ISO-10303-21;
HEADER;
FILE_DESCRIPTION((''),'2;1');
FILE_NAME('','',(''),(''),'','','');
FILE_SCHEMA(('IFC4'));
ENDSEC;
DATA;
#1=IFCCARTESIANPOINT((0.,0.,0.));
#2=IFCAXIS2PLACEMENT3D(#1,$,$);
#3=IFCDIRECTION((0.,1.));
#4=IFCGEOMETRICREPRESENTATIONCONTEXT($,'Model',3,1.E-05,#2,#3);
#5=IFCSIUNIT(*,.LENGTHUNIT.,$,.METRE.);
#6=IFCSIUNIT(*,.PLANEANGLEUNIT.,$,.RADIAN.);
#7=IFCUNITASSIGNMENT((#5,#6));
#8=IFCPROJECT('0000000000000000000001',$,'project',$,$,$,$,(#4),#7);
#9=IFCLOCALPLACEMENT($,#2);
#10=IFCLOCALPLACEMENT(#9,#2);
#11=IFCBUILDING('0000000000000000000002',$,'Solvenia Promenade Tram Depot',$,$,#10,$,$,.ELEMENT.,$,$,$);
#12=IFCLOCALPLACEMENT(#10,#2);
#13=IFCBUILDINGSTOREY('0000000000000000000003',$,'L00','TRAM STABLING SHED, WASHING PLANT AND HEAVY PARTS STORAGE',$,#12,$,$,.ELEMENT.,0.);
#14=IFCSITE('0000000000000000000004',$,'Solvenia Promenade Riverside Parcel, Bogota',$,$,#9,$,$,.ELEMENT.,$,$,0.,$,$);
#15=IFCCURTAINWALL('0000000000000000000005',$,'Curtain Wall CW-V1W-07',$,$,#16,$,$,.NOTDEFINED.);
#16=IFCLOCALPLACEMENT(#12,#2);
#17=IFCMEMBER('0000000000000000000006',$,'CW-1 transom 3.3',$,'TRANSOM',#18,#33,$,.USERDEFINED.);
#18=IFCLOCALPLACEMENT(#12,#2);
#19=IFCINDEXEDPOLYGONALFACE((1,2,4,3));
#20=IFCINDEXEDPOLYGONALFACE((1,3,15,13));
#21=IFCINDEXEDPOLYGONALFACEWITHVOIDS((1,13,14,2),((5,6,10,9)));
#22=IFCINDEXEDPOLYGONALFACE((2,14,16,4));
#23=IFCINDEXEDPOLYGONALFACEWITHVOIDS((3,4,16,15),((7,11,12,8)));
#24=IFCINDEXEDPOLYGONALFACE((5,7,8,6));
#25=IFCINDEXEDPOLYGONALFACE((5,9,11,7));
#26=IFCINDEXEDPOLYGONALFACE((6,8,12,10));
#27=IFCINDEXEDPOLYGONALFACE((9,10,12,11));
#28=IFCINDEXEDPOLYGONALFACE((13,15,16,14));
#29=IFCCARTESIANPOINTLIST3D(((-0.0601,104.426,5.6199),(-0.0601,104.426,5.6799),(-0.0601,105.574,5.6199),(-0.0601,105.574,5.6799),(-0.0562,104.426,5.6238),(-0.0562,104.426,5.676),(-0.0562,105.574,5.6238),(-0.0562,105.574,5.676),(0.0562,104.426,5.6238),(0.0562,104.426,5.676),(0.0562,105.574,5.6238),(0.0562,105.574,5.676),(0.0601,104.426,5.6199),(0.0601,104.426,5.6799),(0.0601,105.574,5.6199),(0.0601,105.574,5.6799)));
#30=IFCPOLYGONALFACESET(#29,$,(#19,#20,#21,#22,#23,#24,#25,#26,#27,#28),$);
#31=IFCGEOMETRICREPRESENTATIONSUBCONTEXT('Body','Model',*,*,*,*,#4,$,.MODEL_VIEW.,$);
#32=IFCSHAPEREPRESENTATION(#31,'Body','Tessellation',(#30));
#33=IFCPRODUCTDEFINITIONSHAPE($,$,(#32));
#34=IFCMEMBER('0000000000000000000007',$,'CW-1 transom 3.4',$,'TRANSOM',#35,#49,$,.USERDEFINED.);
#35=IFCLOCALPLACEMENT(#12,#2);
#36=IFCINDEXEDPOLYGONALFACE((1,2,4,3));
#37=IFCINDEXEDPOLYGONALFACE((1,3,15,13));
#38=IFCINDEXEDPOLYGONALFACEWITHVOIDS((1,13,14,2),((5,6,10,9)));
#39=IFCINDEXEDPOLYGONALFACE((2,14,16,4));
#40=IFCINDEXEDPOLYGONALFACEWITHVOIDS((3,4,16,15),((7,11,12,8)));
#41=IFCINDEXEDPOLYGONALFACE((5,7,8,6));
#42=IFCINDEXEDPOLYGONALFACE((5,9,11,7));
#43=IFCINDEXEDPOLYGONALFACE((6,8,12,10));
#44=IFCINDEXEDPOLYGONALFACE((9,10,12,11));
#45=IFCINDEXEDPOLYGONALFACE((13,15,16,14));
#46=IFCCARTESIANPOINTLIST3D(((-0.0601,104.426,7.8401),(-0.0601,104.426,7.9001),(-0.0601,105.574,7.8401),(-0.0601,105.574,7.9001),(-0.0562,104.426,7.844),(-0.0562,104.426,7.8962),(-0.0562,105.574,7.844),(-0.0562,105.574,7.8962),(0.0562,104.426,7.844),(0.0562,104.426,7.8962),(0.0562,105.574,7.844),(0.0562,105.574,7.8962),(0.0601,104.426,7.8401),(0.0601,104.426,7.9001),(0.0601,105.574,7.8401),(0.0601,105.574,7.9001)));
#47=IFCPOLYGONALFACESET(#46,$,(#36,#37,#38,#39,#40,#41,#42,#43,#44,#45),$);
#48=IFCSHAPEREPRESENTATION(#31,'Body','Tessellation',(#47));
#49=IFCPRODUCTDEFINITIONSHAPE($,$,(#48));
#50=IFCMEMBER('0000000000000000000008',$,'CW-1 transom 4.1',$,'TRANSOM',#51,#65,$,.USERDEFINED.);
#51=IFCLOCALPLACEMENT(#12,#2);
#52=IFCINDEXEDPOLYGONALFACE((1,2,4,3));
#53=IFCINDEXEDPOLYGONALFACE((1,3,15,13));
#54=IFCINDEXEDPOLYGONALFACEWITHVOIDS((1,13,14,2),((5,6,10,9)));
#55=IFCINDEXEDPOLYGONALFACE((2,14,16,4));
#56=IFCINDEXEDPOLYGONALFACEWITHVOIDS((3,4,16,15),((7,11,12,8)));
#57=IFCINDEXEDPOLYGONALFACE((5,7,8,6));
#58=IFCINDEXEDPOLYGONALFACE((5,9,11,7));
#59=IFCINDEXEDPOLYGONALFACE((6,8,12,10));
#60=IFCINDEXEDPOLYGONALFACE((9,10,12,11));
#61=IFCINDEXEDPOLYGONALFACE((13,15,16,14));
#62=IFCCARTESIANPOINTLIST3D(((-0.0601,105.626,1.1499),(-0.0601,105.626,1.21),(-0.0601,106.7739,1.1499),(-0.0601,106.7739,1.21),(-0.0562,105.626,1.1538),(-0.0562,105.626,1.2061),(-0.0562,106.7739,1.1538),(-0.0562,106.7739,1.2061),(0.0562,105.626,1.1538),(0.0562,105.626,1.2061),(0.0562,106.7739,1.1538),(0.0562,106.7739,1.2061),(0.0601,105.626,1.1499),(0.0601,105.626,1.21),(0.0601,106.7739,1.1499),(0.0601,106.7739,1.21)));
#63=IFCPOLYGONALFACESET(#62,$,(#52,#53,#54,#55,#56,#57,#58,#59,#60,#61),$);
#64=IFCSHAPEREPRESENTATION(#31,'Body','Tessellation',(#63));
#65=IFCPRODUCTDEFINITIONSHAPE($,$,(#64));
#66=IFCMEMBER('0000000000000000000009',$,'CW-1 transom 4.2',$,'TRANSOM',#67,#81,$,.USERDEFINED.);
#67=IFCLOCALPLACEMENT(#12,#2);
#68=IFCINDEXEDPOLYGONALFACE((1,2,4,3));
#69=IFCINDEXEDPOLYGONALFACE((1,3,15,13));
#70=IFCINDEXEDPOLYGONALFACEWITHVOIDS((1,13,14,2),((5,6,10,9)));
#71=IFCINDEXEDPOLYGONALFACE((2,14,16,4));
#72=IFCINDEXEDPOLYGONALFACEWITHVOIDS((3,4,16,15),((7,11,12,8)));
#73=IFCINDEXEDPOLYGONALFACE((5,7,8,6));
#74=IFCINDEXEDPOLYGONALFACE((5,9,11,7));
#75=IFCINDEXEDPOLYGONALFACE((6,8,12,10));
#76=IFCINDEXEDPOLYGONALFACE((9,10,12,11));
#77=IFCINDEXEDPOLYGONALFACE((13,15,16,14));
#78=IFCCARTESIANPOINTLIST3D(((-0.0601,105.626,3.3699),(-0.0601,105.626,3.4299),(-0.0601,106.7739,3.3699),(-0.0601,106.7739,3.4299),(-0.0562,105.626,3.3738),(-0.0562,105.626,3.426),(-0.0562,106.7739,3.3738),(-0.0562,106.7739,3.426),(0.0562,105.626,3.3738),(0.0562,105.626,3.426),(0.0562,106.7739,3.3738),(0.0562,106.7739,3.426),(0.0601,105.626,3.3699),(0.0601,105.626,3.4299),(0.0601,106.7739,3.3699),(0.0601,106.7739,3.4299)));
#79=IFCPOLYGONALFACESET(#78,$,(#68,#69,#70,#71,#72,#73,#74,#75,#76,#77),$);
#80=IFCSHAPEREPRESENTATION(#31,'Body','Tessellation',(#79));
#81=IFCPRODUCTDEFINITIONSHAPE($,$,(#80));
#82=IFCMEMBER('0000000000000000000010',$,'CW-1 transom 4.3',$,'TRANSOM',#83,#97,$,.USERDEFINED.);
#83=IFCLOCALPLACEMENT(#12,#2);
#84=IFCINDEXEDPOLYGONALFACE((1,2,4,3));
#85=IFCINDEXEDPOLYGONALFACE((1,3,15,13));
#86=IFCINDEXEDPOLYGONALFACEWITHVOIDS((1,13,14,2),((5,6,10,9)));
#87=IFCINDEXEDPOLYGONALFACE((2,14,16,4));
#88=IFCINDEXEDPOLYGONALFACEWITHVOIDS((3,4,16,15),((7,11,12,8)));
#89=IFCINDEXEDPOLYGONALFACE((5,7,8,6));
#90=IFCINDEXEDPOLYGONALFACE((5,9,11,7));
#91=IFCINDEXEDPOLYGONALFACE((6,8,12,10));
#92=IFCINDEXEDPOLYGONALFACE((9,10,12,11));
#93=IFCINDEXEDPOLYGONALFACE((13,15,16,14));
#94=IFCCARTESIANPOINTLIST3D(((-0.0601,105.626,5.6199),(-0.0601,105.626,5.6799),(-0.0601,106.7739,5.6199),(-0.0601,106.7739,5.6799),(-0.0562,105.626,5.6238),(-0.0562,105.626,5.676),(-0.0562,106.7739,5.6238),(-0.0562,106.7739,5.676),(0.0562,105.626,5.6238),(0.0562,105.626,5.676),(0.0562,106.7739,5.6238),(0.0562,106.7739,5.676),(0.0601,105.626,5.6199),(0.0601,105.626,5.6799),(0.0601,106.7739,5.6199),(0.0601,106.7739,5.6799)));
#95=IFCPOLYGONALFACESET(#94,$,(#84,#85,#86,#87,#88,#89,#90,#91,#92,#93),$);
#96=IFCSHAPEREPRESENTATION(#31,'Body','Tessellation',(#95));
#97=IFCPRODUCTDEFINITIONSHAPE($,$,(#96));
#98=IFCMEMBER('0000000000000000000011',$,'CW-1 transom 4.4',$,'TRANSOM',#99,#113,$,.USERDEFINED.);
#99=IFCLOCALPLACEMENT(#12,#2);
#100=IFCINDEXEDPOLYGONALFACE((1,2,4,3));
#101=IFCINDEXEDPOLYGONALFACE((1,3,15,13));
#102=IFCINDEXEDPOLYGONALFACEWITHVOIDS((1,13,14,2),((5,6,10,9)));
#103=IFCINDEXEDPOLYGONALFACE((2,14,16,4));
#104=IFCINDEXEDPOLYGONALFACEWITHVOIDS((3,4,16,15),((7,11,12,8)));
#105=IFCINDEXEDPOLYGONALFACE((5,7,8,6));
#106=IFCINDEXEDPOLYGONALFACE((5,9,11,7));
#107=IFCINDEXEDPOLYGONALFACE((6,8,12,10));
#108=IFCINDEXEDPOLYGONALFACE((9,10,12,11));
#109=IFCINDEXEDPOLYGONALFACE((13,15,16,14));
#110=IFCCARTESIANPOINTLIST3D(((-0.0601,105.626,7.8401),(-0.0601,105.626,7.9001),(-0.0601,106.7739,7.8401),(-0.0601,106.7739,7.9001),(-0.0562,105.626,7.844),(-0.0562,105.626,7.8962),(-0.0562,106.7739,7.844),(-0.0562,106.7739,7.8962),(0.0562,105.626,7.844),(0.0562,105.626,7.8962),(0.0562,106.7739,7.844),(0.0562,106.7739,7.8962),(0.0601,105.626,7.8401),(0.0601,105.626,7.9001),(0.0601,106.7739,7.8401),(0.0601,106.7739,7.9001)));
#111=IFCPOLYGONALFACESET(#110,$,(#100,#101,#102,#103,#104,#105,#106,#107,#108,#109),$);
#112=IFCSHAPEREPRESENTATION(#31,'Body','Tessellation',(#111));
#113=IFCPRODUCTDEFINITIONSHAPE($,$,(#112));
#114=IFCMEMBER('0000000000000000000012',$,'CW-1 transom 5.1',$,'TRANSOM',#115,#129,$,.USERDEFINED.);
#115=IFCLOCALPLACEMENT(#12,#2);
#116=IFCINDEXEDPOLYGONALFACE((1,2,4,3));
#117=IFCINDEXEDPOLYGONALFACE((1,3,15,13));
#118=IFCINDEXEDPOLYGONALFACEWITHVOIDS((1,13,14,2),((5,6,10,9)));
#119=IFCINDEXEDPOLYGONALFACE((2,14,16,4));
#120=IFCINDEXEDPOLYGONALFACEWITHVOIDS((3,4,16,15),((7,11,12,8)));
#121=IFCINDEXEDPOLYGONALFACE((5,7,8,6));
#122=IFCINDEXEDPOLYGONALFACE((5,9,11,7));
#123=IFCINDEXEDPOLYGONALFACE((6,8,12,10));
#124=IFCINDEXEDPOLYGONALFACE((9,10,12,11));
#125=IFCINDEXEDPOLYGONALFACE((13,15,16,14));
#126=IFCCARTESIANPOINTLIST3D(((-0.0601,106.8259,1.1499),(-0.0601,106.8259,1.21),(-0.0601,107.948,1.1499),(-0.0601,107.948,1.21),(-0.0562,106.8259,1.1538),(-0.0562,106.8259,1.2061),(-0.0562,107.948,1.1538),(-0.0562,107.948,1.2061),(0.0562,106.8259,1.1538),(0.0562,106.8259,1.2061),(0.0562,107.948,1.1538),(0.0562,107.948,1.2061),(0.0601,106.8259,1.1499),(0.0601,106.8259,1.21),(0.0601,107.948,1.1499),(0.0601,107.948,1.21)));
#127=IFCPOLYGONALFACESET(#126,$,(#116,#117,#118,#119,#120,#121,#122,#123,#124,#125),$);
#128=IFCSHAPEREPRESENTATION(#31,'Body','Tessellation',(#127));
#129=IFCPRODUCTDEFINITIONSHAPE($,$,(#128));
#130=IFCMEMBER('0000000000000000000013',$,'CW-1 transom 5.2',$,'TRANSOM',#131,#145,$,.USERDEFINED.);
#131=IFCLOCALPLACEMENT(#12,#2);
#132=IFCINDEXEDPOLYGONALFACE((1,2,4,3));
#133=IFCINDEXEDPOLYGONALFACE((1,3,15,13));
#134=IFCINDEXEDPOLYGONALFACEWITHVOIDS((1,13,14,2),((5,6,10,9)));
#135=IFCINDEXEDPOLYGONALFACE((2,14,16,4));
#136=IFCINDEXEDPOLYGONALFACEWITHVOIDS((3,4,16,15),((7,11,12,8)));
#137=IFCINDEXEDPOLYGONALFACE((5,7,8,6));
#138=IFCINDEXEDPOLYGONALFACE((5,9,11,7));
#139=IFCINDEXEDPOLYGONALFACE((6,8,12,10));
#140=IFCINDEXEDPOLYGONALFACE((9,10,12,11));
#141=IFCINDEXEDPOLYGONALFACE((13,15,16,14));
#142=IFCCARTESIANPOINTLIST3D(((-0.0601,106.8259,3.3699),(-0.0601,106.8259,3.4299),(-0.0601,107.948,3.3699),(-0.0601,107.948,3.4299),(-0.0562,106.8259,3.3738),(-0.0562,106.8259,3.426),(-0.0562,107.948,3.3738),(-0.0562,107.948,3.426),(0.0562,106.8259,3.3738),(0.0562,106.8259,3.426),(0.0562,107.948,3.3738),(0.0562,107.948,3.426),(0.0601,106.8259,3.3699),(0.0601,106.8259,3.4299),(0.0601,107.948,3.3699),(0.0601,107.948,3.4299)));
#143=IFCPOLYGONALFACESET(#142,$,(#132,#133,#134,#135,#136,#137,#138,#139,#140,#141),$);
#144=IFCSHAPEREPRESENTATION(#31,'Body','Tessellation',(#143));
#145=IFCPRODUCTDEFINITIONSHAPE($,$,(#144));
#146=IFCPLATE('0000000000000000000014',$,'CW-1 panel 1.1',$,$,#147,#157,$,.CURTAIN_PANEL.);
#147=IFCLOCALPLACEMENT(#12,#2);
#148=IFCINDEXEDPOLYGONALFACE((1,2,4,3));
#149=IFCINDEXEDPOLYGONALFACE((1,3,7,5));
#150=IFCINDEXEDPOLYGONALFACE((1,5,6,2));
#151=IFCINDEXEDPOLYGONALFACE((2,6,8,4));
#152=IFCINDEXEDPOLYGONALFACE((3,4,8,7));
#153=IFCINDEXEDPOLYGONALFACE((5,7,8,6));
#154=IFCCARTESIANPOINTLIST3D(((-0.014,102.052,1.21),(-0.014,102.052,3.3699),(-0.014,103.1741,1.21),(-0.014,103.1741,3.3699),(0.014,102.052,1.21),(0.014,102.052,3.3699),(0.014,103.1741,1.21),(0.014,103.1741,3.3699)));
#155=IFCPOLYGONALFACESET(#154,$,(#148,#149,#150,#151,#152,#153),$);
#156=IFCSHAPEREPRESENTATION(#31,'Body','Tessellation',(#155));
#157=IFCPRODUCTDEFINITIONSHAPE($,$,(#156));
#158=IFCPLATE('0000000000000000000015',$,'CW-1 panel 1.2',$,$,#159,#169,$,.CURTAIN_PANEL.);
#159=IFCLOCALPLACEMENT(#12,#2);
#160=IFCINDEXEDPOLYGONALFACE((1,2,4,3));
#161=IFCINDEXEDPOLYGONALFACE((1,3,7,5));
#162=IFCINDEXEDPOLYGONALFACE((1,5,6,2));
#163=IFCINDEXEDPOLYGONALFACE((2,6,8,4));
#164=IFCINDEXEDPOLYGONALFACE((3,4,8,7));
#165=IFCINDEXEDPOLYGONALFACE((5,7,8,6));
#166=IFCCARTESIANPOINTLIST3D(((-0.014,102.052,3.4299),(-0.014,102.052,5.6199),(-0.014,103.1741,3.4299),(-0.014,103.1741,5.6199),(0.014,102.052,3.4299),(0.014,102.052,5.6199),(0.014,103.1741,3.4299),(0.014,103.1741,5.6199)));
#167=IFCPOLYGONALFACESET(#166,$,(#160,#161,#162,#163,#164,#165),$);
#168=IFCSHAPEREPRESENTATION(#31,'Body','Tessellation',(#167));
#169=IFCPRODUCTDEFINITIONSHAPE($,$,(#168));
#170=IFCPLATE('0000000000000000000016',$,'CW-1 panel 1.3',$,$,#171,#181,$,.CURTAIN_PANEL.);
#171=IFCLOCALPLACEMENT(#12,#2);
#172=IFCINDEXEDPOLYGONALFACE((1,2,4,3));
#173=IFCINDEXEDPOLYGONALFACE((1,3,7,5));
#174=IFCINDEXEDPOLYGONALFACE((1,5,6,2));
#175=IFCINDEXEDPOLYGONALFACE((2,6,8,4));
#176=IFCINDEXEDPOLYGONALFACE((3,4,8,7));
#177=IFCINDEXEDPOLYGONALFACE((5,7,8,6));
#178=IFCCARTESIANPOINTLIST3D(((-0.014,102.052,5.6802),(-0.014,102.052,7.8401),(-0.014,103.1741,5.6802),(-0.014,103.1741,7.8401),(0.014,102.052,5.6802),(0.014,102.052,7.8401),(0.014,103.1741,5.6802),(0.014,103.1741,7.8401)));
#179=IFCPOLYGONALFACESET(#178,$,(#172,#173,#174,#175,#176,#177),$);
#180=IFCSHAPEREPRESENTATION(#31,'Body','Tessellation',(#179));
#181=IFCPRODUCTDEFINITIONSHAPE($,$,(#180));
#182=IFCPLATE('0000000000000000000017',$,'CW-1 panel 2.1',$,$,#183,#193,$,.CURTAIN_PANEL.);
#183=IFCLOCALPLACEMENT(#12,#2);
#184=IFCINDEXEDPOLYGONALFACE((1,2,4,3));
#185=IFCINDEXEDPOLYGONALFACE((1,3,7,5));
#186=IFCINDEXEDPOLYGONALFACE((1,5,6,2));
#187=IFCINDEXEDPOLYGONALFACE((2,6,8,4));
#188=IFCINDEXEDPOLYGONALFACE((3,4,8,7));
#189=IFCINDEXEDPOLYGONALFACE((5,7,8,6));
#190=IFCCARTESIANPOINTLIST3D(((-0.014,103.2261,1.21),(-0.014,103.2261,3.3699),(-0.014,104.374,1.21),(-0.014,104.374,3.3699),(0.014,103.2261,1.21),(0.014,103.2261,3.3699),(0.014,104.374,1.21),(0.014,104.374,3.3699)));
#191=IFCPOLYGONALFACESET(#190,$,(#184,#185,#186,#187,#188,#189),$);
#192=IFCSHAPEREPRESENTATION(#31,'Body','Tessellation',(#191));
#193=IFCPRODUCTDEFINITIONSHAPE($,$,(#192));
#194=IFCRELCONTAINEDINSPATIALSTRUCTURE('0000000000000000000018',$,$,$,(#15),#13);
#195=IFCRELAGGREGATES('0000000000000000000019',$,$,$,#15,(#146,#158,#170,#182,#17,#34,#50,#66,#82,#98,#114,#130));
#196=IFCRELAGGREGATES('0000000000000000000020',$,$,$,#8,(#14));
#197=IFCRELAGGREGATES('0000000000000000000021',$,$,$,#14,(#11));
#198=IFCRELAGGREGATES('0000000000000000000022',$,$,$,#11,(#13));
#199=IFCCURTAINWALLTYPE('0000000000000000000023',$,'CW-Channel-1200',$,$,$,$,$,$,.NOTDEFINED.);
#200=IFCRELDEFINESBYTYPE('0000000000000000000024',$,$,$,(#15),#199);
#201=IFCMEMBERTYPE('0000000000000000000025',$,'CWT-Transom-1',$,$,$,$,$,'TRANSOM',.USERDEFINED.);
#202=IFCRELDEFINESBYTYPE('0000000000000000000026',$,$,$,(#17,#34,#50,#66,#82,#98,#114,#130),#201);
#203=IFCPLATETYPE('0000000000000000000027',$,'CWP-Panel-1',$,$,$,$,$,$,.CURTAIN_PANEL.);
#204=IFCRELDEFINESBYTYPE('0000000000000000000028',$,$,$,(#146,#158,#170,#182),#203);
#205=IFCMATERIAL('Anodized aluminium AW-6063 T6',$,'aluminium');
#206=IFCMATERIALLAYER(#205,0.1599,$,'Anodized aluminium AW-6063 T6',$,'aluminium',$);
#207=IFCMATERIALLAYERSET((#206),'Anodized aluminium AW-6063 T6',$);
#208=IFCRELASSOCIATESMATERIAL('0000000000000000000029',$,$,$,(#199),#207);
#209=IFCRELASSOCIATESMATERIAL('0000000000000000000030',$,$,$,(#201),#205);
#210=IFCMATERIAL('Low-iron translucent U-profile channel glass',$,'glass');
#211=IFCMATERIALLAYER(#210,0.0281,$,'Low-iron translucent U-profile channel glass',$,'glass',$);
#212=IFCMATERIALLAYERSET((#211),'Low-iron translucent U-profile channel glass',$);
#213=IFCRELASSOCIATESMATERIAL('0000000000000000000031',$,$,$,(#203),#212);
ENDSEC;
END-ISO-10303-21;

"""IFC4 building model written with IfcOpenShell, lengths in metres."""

from ifc_helpers import new_model, si_unit, direction, frame, origin, origin_2d, place, context, subcontext, project, spatial, rectangle, hollow_rectangle, extrude, material, layer, layer_set, material_profile, profile_set, type_object, element, aggregate, save


model = new_model("IFC4")

# Units and contexts
model_context = context("Model", 3, precision=1e-05, world=origin(), true_north=direction((0.0, 1.0)))
body_context = subcontext(model_context, "Body", "Model", "MODEL_VIEW")
ifc_project = project(units=[si_unit("LENGTHUNIT", "METRE"), si_unit("PLANEANGLEUNIT", "RADIAN")], contexts=[model_context])

# Site, building, storey
site_placement = place(None, origin())
site = spatial("IfcSite", under=ifc_project, at=site_placement, Name="Solvenia Promenade Riverside Parcel, Bogota", CompositionType="ELEMENT", RefElevation=0.0)
building_placement = place(site_placement, origin())
building = spatial("IfcBuilding", under=site, at=building_placement, Name="Solvenia Promenade Tram Depot", CompositionType="ELEMENT")
storey_placement = place(building_placement, origin())
storey = spatial("IfcBuildingStorey", under=building, at=storey_placement, Name="L00", Description="TRAM STABLING SHED, WASHING PLANT AND HEAVY PARTS STORAGE", CompositionType="ELEMENT", Elevation=0.0)

# Curtain wall, members, plates
ifc_material_1 = material(Name="Anodized aluminium AW-6063 T6", Category="aluminium")
ifc_layer_1 = layer(ifc_material_1, 0.1599, Name="Anodized aluminium AW-6063 T6", Category="aluminium")
ifc_layer_set_1 = layer_set([ifc_layer_1], Name="Anodized aluminium AW-6063 T6")
curtain_wall_type = type_object("IfcCurtainWallType", Name="CW-Channel-1200", PredefinedType="NOTDEFINED", material=ifc_layer_set_1)
curtain_wall_placement = place(storey_placement, origin())
curtain_wall = element("IfcCurtainWall", 1, at=curtain_wall_placement, inside=storey, type_object=curtain_wall_type, Name="Curtain Wall CW-V1W-07", PredefinedType="NOTDEFINED")
ifc_material_profile_1 = material_profile(ifc_material_1, hollow_rectangle(XDim=0.1201, YDim=0.0601, WallThickness=0.0039, at=origin_2d()), Name="ALU-T1", Category="aluminium")
ifc_profile_set_1 = profile_set([ifc_material_profile_1], Name="Anodized aluminium AW-6063 T6")
member_type_1 = type_object("IfcMemberType", Name="CWT-Transom-1", ElementType="TRANSOM", PredefinedType="USERDEFINED", material=ifc_profile_set_1)
member_1_placement = place(storey_placement, frame((0.0, 104.426, 5.6499), z_axis=(0.0, 1.0, 0.0), x_axis=(-1.0, 0.0, 0.0)))
member_1 = element("IfcMember", 2, at=member_1_placement, type_object=member_type_1, Name="CW-1 transom 3.3", ObjectType="TRANSOM", PredefinedType="USERDEFINED", context=body_context, shape_type="SweptSolid", body=[
    extrude(hollow_rectangle(XDim=0.1201, YDim=0.0601, WallThickness=0.0039, at=origin_2d()), origin(), (0.0, 0.0, 1.0), 1.1479),
])
member_2_placement = place(storey_placement, frame((0.0, 104.426, 7.8701), z_axis=(0.0, 1.0, 0.0), x_axis=(-1.0, 0.0, 0.0)))
member_2 = element("IfcMember", 3, at=member_2_placement, type_object=member_type_1, Name="CW-1 transom 3.4", ObjectType="TRANSOM", PredefinedType="USERDEFINED", context=body_context, shape_type="SweptSolid", body=[
    extrude(hollow_rectangle(XDim=0.1201, YDim=0.0601, WallThickness=0.0039, at=origin_2d()), origin(), (0.0, 0.0, 1.0), 1.1479),
])
member_3_placement = place(storey_placement, frame((0.0, 105.626, 1.1799), z_axis=(0.0, 1.0, 0.0), x_axis=(-1.0, 0.0, 0.0)))
member_3 = element("IfcMember", 4, at=member_3_placement, type_object=member_type_1, Name="CW-1 transom 4.1", ObjectType="TRANSOM", PredefinedType="USERDEFINED", context=body_context, shape_type="SweptSolid", body=[
    extrude(hollow_rectangle(XDim=0.1201, YDim=0.0601, WallThickness=0.0039, at=origin_2d()), origin(), (0.0, 0.0, 1.0), 1.1479),
])
member_4_placement = place(storey_placement, frame((0.0, 105.626, 3.3999), z_axis=(0.0, 1.0, 0.0), x_axis=(-1.0, 0.0, 0.0)))
member_4 = element("IfcMember", 5, at=member_4_placement, type_object=member_type_1, Name="CW-1 transom 4.2", ObjectType="TRANSOM", PredefinedType="USERDEFINED", context=body_context, shape_type="SweptSolid", body=[
    extrude(hollow_rectangle(XDim=0.1201, YDim=0.0601, WallThickness=0.0039, at=origin_2d()), origin(), (0.0, 0.0, 1.0), 1.1479),
])
member_5_placement = place(storey_placement, frame((0.0, 105.626, 5.6499), z_axis=(0.0, 1.0, 0.0), x_axis=(-1.0, 0.0, 0.0)))
member_5 = element("IfcMember", 6, at=member_5_placement, type_object=member_type_1, Name="CW-1 transom 4.3", ObjectType="TRANSOM", PredefinedType="USERDEFINED", context=body_context, shape_type="SweptSolid", body=[
    extrude(hollow_rectangle(XDim=0.1201, YDim=0.0601, WallThickness=0.0039, at=origin_2d()), origin(), (0.0, 0.0, 1.0), 1.1479),
])
member_6_placement = place(storey_placement, frame((0.0, 105.626, 7.8701), z_axis=(0.0, 1.0, 0.0), x_axis=(-1.0, 0.0, 0.0)))
member_6 = element("IfcMember", 7, at=member_6_placement, type_object=member_type_1, Name="CW-1 transom 4.4", ObjectType="TRANSOM", PredefinedType="USERDEFINED", context=body_context, shape_type="SweptSolid", body=[
    extrude(hollow_rectangle(XDim=0.1201, YDim=0.0601, WallThickness=0.0039, at=origin_2d()), origin(), (0.0, 0.0, 1.0), 1.1479),
])
member_7_placement = place(storey_placement, frame((0.0, 106.8259, 1.1799), z_axis=(0.0, 1.0, 0.0), x_axis=(-1.0, 0.0, 0.0)))
member_7 = element("IfcMember", 8, at=member_7_placement, type_object=member_type_1, Name="CW-1 transom 5.1", ObjectType="TRANSOM", PredefinedType="USERDEFINED", context=body_context, shape_type="SweptSolid", body=[
    extrude(hollow_rectangle(XDim=0.1201, YDim=0.0601, WallThickness=0.0039, at=origin_2d()), origin(), (0.0, 0.0, 1.0), 1.1221),
])
member_8_placement = place(storey_placement, frame((0.0, 106.8259, 3.3999), z_axis=(0.0, 1.0, 0.0), x_axis=(-1.0, 0.0, 0.0)))
member_8 = element("IfcMember", 9, at=member_8_placement, type_object=member_type_1, Name="CW-1 transom 5.2", ObjectType="TRANSOM", PredefinedType="USERDEFINED", context=body_context, shape_type="SweptSolid", body=[
    extrude(hollow_rectangle(XDim=0.1201, YDim=0.0601, WallThickness=0.0039, at=origin_2d()), origin(), (0.0, 0.0, 1.0), 1.1221),
])
ifc_material_2 = material(Name="Low-iron translucent U-profile channel glass", Category="glass")
ifc_layer_2 = layer(ifc_material_2, 0.0281, Name="Low-iron translucent U-profile channel glass", Category="glass")
ifc_layer_set_2 = layer_set([ifc_layer_2], Name="Low-iron translucent U-profile channel glass")
plate_type = type_object("IfcPlateType", Name="CWP-Panel-1", PredefinedType="CURTAIN_PANEL", material=ifc_layer_set_2)
plate_1_placement = place(storey_placement, frame((0.0, 102.613, 1.21), z_axis=(0.0, 0.0, 1.0), x_axis=(0.0, 1.0, 0.0)))
plate_1 = element("IfcPlate", 10, at=plate_1_placement, type_object=plate_type, Name="CW-1 panel 1.1", PredefinedType="CURTAIN_PANEL", context=body_context, shape_type="SweptSolid", body=[
    extrude(rectangle(XDim=1.1221, YDim=0.0281, at=origin_2d()), origin(), (0.0, 0.0, 1.0), 2.1599),
])
plate_2_placement = place(storey_placement, frame((0.0, 102.613, 3.4299), z_axis=(0.0, 0.0, 1.0), x_axis=(0.0, 1.0, 0.0)))
plate_2 = element("IfcPlate", 11, at=plate_2_placement, type_object=plate_type, Name="CW-1 panel 1.2", PredefinedType="CURTAIN_PANEL", context=body_context, shape_type="SweptSolid", body=[
    extrude(rectangle(XDim=1.1221, YDim=0.0281, at=origin_2d()), origin(), (0.0, 0.0, 1.0), 2.1899),
])
plate_3_placement = place(storey_placement, frame((0.0, 102.613, 5.6802), z_axis=(0.0, 0.0, 1.0), x_axis=(0.0, 1.0, 0.0)))
plate_3 = element("IfcPlate", 12, at=plate_3_placement, type_object=plate_type, Name="CW-1 panel 1.3", PredefinedType="CURTAIN_PANEL", context=body_context, shape_type="SweptSolid", body=[
    extrude(rectangle(XDim=1.1221, YDim=0.0281, at=origin_2d()), origin(), (0.0, 0.0, 1.0), 2.1599),
])
plate_4_placement = place(storey_placement, frame((0.0, 103.8, 1.21), z_axis=(0.0, 0.0, 1.0), x_axis=(0.0, 1.0, 0.0)))
plate_4 = element("IfcPlate", 13, at=plate_4_placement, type_object=plate_type, Name="CW-1 panel 2.1", PredefinedType="CURTAIN_PANEL", context=body_context, shape_type="SweptSolid", body=[
    extrude(rectangle(XDim=1.1479, YDim=0.0281, at=origin_2d()), origin(), (0.0, 0.0, 1.0), 2.1599),
])
aggregate(curtain_wall, [plate_1, plate_2, plate_3, plate_4, member_1, member_2, member_3, member_4, member_5, member_6, member_7, member_8])

save(model, "model.ifc")
